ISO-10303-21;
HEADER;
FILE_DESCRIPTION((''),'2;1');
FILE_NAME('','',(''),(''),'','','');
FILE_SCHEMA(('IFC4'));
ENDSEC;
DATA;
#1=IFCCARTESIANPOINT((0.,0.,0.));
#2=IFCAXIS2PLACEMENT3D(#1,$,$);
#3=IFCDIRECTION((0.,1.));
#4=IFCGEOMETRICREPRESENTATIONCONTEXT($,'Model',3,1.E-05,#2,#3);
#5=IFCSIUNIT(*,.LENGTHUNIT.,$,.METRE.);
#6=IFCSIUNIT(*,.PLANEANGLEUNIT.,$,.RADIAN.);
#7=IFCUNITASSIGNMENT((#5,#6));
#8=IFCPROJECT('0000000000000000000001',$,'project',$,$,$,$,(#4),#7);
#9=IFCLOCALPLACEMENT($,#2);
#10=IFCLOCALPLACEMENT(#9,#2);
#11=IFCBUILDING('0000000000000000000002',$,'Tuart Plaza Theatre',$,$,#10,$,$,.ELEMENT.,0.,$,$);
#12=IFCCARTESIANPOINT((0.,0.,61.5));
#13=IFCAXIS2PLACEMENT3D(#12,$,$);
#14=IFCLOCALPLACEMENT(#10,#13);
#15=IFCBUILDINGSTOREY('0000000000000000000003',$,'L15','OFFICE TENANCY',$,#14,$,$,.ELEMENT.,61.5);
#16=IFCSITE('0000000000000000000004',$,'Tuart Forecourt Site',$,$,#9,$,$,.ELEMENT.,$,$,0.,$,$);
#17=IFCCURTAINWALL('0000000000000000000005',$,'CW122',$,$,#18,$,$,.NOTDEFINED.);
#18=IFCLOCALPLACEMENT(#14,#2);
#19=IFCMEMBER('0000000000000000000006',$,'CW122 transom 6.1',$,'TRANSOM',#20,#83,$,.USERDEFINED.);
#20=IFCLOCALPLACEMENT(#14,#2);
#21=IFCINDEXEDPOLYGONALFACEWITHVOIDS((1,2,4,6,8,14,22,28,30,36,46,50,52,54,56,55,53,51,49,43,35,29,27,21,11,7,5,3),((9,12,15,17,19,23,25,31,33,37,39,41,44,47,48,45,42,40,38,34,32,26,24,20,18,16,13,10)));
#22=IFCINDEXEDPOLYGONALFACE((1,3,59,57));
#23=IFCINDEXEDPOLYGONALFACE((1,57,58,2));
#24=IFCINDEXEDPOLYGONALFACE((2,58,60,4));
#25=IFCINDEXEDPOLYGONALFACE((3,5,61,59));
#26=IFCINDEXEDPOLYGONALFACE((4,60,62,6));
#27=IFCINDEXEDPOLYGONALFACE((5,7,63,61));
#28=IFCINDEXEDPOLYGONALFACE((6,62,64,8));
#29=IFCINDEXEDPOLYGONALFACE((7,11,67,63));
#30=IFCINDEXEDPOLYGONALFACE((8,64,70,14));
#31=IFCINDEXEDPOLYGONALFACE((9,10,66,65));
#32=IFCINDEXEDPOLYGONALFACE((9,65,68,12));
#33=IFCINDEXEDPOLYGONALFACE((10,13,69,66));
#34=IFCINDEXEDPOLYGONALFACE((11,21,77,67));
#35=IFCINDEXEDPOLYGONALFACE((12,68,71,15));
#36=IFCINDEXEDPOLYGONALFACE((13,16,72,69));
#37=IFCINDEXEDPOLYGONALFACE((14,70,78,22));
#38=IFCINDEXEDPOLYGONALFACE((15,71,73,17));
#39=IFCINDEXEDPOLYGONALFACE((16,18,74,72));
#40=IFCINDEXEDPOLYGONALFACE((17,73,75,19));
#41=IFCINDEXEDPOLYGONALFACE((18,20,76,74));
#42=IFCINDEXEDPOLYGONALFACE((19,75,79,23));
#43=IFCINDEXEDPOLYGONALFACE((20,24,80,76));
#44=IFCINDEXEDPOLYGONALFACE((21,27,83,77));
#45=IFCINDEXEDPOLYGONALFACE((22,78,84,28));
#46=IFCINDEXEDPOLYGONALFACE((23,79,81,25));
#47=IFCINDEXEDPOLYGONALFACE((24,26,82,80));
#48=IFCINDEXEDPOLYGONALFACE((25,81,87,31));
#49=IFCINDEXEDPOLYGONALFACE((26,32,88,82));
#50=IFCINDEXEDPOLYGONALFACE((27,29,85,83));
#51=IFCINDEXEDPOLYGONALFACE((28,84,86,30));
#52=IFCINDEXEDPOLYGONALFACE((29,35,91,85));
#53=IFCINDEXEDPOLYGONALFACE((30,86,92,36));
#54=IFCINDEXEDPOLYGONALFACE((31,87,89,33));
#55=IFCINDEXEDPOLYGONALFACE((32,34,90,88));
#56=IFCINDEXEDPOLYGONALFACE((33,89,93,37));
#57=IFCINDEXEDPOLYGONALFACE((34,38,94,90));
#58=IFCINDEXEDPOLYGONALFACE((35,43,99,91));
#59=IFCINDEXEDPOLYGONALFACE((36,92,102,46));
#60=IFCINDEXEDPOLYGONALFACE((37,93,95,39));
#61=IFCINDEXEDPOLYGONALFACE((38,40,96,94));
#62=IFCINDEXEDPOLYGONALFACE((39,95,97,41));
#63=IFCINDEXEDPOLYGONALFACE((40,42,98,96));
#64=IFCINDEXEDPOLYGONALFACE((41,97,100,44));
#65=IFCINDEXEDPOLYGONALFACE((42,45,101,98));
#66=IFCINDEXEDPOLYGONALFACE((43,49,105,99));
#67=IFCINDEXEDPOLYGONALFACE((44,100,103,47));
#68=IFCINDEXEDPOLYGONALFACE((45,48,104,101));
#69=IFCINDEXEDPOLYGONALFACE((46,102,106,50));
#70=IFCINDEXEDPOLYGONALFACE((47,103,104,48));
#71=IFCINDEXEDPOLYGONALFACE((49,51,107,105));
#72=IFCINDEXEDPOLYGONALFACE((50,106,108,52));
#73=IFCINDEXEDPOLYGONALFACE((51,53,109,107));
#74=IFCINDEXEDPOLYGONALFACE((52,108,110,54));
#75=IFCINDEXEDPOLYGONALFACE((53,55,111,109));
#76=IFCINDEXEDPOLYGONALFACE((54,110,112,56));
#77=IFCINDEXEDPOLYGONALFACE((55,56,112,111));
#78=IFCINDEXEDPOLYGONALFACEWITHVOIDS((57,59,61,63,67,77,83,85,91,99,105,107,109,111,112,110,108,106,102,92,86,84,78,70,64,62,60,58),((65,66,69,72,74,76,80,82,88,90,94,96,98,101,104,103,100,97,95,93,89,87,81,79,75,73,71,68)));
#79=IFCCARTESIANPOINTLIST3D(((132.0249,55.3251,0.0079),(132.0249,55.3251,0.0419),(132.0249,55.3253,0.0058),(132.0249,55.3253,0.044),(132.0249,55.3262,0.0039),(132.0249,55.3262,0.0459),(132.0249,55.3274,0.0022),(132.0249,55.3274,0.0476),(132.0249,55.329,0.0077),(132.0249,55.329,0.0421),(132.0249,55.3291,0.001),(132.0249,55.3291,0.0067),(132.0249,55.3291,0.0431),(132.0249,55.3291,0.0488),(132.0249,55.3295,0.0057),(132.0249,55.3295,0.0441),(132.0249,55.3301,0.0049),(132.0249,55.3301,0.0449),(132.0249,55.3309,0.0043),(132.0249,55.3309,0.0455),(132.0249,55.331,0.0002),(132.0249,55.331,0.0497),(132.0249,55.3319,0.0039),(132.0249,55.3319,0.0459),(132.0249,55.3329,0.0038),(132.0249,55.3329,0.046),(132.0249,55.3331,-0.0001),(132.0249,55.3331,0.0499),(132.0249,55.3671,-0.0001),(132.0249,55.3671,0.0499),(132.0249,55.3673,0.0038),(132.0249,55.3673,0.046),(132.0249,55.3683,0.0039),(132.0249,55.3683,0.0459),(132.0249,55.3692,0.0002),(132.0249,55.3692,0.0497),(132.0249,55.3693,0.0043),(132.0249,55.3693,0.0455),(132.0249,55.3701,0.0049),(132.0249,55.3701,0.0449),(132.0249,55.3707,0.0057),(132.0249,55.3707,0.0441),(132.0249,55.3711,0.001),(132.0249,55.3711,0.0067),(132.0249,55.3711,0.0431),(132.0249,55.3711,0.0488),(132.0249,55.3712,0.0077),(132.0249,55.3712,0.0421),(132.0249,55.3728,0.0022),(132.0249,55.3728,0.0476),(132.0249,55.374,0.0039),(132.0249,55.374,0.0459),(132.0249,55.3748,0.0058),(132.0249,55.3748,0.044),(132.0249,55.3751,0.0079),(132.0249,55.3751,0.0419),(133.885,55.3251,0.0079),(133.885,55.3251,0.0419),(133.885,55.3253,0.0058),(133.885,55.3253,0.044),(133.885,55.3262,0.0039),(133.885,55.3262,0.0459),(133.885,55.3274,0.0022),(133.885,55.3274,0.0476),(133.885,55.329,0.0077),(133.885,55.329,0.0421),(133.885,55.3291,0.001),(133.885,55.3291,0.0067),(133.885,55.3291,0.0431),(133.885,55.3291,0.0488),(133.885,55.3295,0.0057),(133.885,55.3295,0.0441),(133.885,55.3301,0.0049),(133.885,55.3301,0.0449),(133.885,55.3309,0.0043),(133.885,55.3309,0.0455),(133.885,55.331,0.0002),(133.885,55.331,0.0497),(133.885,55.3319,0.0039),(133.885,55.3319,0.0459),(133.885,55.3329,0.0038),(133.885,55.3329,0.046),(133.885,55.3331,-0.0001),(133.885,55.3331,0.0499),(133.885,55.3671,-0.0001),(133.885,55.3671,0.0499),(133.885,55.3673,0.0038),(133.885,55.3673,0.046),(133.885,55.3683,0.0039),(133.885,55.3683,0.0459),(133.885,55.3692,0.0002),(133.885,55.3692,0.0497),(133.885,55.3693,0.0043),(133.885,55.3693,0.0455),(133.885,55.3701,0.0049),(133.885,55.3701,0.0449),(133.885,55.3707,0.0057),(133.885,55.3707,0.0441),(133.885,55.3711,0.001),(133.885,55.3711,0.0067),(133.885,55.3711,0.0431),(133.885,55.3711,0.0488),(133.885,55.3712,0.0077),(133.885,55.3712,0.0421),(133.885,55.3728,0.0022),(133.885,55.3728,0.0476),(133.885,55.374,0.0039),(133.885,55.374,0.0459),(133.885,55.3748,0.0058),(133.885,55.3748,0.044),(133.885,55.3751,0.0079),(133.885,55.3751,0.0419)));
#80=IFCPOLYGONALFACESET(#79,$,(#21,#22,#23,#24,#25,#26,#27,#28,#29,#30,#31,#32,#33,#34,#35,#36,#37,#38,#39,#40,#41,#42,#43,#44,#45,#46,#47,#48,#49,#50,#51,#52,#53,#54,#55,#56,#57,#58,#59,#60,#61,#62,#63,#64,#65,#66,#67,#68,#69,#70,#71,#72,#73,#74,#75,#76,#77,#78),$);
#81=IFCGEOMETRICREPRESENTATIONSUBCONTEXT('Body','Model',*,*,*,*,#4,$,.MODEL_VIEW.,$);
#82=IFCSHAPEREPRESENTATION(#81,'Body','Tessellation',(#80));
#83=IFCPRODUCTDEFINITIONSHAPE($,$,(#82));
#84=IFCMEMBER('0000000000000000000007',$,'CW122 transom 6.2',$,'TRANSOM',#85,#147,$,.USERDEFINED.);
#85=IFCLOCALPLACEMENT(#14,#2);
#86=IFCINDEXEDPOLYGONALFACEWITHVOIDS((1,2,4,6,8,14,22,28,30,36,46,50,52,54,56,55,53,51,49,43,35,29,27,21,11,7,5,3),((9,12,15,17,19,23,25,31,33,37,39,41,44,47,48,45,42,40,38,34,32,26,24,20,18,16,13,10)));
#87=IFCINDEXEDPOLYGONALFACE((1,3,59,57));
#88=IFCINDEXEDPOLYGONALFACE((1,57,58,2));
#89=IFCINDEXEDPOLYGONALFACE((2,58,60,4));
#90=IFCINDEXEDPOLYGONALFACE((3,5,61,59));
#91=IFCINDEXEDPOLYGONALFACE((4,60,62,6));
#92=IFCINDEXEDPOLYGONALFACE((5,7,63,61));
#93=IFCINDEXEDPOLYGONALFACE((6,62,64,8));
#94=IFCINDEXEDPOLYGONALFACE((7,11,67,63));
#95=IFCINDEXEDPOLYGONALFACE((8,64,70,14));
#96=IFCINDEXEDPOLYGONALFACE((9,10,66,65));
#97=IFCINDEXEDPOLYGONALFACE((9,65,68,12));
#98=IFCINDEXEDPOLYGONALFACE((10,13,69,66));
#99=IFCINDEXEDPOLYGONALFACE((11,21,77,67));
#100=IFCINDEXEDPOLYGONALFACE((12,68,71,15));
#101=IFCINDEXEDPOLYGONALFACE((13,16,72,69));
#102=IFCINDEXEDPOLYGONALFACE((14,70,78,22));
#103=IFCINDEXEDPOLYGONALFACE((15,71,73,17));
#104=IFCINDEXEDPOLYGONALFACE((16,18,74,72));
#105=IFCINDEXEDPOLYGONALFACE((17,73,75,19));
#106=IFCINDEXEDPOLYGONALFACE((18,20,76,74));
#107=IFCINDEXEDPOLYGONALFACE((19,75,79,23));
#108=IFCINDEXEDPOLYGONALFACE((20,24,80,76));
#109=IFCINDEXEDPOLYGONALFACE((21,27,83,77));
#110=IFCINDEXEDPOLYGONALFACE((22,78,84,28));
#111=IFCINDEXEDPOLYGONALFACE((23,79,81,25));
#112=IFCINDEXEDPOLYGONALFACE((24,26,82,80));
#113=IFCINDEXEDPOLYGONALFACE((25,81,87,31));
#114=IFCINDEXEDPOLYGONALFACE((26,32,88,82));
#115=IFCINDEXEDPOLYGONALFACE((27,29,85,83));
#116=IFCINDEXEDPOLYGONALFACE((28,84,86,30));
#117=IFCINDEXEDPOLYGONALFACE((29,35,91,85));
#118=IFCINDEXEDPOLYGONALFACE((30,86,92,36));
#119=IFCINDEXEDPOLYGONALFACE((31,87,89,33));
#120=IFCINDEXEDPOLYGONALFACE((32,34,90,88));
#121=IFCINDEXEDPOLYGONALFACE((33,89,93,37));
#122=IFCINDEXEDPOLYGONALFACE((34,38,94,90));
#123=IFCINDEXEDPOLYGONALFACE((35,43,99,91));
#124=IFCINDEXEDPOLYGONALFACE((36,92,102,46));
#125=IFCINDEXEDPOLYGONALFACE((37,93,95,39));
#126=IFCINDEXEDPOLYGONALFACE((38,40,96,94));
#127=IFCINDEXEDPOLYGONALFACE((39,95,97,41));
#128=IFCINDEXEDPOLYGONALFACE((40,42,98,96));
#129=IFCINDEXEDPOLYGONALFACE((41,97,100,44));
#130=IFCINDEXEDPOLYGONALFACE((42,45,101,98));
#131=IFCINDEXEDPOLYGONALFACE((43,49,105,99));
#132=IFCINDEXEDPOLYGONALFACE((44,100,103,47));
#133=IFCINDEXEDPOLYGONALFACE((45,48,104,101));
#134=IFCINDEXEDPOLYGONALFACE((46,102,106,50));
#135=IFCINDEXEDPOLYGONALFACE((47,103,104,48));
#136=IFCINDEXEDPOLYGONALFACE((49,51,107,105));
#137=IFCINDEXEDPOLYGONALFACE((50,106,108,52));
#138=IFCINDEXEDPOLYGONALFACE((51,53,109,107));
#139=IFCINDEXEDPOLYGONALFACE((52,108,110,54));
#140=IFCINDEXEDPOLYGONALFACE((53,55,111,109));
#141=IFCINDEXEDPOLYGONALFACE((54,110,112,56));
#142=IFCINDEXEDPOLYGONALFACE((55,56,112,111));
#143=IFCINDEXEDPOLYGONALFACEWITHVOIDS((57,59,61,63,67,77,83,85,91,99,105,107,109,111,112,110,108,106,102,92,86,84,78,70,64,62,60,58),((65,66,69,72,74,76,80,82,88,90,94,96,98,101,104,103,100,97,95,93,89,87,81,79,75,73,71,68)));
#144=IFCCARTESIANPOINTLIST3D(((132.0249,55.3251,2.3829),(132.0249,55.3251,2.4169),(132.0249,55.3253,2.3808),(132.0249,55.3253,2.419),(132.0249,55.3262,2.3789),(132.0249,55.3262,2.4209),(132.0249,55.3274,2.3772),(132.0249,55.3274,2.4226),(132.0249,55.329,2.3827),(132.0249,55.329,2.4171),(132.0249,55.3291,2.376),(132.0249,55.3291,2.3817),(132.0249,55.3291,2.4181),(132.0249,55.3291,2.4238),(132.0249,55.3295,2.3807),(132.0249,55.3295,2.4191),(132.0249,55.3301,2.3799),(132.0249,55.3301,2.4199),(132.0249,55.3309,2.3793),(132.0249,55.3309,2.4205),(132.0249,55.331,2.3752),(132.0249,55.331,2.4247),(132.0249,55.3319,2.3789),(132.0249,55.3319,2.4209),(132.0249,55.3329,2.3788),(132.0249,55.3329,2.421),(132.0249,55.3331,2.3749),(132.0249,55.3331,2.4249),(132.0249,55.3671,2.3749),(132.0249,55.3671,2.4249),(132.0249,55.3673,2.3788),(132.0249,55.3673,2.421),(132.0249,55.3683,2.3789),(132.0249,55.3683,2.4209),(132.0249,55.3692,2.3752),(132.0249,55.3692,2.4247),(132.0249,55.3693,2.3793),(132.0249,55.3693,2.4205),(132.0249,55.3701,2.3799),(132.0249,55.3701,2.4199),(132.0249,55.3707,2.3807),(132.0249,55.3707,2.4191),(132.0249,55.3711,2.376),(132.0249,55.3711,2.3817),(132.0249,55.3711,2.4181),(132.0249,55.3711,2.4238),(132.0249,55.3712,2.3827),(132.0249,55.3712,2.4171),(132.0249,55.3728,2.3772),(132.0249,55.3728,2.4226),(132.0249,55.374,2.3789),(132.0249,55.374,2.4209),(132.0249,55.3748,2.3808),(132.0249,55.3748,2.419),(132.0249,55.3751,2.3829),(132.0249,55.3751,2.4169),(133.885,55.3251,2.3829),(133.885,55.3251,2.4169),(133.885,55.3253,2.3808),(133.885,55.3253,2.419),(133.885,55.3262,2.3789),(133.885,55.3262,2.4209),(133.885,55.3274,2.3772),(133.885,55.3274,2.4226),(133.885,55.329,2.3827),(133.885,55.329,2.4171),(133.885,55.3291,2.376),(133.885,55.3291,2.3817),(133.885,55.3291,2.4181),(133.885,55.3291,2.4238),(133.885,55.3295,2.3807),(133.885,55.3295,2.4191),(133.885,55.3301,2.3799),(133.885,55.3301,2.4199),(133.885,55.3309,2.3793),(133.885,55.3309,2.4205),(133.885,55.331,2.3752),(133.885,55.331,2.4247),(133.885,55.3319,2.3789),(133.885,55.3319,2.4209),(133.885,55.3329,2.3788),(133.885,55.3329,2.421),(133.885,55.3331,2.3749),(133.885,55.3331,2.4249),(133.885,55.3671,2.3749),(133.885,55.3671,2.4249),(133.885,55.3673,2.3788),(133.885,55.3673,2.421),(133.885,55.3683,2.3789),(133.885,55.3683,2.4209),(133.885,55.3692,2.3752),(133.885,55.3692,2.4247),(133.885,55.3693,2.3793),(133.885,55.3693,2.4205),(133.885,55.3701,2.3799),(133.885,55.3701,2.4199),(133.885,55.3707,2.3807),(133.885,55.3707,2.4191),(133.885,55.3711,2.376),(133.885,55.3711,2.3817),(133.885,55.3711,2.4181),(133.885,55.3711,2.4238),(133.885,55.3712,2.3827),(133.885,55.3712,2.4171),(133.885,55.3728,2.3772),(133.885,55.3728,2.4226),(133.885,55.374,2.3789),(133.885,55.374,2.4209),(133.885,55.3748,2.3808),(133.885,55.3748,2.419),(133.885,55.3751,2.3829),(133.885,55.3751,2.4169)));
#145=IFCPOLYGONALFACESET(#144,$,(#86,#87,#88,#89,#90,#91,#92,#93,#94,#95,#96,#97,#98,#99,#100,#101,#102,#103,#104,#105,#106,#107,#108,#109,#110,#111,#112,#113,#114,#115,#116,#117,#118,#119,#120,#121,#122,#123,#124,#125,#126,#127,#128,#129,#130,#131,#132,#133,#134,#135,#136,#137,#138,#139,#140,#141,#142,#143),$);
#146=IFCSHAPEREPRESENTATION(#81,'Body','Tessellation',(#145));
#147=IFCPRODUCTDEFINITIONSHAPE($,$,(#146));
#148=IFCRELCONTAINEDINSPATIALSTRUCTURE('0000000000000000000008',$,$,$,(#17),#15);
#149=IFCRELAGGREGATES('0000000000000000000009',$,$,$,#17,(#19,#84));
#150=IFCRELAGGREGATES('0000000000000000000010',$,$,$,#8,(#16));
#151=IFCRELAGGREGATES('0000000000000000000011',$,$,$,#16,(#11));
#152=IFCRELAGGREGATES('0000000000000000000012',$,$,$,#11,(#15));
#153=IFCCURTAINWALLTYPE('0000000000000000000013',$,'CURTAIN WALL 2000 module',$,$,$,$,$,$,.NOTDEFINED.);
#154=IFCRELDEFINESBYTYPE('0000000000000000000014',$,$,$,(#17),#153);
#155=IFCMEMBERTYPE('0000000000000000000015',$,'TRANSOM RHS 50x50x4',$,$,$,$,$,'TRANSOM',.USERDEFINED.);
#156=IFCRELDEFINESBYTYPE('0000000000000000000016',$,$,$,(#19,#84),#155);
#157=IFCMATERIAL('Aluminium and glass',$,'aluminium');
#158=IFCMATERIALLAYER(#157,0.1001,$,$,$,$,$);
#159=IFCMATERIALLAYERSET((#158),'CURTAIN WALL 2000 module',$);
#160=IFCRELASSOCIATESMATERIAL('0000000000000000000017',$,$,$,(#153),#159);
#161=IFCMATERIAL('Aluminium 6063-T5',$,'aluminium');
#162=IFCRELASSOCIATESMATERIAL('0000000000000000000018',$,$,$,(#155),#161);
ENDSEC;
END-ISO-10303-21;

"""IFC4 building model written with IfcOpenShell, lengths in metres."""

from ifc_helpers import new_model, si_unit, direction, frame, origin, origin_2d, place, context, subcontext, project, spatial, hollow_rectangle, extrude, material, layer, layer_set, material_profile, profile_set, type_object, element, aggregate, save


model = new_model("IFC4")

# Units and contexts
model_context = context("Model", 3, precision=1e-05, world=origin(), true_north=direction((0.0, 1.0)))
body_context = subcontext(model_context, "Body", "Model", "MODEL_VIEW")
ifc_project = project(units=[si_unit("LENGTHUNIT", "METRE"), si_unit("PLANEANGLEUNIT", "RADIAN")], contexts=[model_context])

# Site, building, storey
site_placement = place(None, origin())
site = spatial("IfcSite", under=ifc_project, at=site_placement, Name="Tuart Forecourt Site", CompositionType="ELEMENT", RefElevation=0.0)
building_placement = place(site_placement, origin())
building = spatial("IfcBuilding", under=site, at=building_placement, Name="Tuart Plaza Theatre", CompositionType="ELEMENT", ElevationOfRefHeight=0.0)
storey_placement = place(building_placement, frame((0.0, 0.0, 61.5)))
storey = spatial("IfcBuildingStorey", under=building, at=storey_placement, Name="L15", Description="OFFICE TENANCY", CompositionType="ELEMENT", Elevation=61.5)

# Curtain wall, members
ifc_material_1 = material(Name="Aluminium and glass", Category="aluminium")
ifc_layer_1 = layer(ifc_material_1, 0.1001)
ifc_layer_set_1 = layer_set([ifc_layer_1], Name="CURTAIN WALL 2000 module")
curtain_wall_type = type_object("IfcCurtainWallType", Name="CURTAIN WALL 2000 module", PredefinedType="NOTDEFINED", material=ifc_layer_set_1)
curtain_wall_placement = place(storey_placement, origin())
curtain_wall = element("IfcCurtainWall", 1, at=curtain_wall_placement, inside=storey, type_object=curtain_wall_type, Name="CW122", PredefinedType="NOTDEFINED")
ifc_material_2 = material(Name="Aluminium 6063-T5", Category="aluminium")
ifc_material_profile_1 = material_profile(ifc_material_2, hollow_rectangle(XDim=0.05, YDim=0.05, WallThickness=0.0039, InnerFilletRadius=0.0039, OuterFilletRadius=0.0081, at=origin_2d()), Name="RHS 50x50x4")
ifc_profile_set_1 = profile_set([ifc_material_profile_1], Name="Aluminium 6063-T5")
member_type_1 = type_object("IfcMemberType", Name="TRANSOM RHS 50x50x4", ElementType="TRANSOM", PredefinedType="USERDEFINED", material=ifc_profile_set_1)
member_1_placement = place(storey_placement, frame((132.0249, 55.3501, 0.0249), z_axis=(1.0, 0.0, 0.0), x_axis=(0.0, 1.0, 0.0)))
member_1 = element("IfcMember", 2, at=member_1_placement, type_object=member_type_1, Name="CW122 transom 6.1", ObjectType="TRANSOM", PredefinedType="USERDEFINED", context=body_context, shape_type="SweptSolid", body=[
    extrude(hollow_rectangle(XDim=0.05, YDim=0.05, WallThickness=0.0039, InnerFilletRadius=0.0039, OuterFilletRadius=0.0081, at=origin_2d()), origin(), (0.0, 0.0, 1.0), 1.8601),
])
member_2_placement = place(storey_placement, frame((132.0249, 55.3501, 2.3999), z_axis=(1.0, 0.0, 0.0), x_axis=(0.0, 1.0, 0.0)))
member_2 = element("IfcMember", 3, at=member_2_placement, type_object=member_type_1, Name="CW122 transom 6.2", ObjectType="TRANSOM", PredefinedType="USERDEFINED", context=body_context, shape_type="SweptSolid", body=[
    extrude(hollow_rectangle(XDim=0.05, YDim=0.05, WallThickness=0.0039, InnerFilletRadius=0.0039, OuterFilletRadius=0.0081, at=origin_2d()), origin(), (0.0, 0.0, 1.0), 1.8601),
])
aggregate(curtain_wall, [member_1, member_2])

save(model, "model.ifc")
